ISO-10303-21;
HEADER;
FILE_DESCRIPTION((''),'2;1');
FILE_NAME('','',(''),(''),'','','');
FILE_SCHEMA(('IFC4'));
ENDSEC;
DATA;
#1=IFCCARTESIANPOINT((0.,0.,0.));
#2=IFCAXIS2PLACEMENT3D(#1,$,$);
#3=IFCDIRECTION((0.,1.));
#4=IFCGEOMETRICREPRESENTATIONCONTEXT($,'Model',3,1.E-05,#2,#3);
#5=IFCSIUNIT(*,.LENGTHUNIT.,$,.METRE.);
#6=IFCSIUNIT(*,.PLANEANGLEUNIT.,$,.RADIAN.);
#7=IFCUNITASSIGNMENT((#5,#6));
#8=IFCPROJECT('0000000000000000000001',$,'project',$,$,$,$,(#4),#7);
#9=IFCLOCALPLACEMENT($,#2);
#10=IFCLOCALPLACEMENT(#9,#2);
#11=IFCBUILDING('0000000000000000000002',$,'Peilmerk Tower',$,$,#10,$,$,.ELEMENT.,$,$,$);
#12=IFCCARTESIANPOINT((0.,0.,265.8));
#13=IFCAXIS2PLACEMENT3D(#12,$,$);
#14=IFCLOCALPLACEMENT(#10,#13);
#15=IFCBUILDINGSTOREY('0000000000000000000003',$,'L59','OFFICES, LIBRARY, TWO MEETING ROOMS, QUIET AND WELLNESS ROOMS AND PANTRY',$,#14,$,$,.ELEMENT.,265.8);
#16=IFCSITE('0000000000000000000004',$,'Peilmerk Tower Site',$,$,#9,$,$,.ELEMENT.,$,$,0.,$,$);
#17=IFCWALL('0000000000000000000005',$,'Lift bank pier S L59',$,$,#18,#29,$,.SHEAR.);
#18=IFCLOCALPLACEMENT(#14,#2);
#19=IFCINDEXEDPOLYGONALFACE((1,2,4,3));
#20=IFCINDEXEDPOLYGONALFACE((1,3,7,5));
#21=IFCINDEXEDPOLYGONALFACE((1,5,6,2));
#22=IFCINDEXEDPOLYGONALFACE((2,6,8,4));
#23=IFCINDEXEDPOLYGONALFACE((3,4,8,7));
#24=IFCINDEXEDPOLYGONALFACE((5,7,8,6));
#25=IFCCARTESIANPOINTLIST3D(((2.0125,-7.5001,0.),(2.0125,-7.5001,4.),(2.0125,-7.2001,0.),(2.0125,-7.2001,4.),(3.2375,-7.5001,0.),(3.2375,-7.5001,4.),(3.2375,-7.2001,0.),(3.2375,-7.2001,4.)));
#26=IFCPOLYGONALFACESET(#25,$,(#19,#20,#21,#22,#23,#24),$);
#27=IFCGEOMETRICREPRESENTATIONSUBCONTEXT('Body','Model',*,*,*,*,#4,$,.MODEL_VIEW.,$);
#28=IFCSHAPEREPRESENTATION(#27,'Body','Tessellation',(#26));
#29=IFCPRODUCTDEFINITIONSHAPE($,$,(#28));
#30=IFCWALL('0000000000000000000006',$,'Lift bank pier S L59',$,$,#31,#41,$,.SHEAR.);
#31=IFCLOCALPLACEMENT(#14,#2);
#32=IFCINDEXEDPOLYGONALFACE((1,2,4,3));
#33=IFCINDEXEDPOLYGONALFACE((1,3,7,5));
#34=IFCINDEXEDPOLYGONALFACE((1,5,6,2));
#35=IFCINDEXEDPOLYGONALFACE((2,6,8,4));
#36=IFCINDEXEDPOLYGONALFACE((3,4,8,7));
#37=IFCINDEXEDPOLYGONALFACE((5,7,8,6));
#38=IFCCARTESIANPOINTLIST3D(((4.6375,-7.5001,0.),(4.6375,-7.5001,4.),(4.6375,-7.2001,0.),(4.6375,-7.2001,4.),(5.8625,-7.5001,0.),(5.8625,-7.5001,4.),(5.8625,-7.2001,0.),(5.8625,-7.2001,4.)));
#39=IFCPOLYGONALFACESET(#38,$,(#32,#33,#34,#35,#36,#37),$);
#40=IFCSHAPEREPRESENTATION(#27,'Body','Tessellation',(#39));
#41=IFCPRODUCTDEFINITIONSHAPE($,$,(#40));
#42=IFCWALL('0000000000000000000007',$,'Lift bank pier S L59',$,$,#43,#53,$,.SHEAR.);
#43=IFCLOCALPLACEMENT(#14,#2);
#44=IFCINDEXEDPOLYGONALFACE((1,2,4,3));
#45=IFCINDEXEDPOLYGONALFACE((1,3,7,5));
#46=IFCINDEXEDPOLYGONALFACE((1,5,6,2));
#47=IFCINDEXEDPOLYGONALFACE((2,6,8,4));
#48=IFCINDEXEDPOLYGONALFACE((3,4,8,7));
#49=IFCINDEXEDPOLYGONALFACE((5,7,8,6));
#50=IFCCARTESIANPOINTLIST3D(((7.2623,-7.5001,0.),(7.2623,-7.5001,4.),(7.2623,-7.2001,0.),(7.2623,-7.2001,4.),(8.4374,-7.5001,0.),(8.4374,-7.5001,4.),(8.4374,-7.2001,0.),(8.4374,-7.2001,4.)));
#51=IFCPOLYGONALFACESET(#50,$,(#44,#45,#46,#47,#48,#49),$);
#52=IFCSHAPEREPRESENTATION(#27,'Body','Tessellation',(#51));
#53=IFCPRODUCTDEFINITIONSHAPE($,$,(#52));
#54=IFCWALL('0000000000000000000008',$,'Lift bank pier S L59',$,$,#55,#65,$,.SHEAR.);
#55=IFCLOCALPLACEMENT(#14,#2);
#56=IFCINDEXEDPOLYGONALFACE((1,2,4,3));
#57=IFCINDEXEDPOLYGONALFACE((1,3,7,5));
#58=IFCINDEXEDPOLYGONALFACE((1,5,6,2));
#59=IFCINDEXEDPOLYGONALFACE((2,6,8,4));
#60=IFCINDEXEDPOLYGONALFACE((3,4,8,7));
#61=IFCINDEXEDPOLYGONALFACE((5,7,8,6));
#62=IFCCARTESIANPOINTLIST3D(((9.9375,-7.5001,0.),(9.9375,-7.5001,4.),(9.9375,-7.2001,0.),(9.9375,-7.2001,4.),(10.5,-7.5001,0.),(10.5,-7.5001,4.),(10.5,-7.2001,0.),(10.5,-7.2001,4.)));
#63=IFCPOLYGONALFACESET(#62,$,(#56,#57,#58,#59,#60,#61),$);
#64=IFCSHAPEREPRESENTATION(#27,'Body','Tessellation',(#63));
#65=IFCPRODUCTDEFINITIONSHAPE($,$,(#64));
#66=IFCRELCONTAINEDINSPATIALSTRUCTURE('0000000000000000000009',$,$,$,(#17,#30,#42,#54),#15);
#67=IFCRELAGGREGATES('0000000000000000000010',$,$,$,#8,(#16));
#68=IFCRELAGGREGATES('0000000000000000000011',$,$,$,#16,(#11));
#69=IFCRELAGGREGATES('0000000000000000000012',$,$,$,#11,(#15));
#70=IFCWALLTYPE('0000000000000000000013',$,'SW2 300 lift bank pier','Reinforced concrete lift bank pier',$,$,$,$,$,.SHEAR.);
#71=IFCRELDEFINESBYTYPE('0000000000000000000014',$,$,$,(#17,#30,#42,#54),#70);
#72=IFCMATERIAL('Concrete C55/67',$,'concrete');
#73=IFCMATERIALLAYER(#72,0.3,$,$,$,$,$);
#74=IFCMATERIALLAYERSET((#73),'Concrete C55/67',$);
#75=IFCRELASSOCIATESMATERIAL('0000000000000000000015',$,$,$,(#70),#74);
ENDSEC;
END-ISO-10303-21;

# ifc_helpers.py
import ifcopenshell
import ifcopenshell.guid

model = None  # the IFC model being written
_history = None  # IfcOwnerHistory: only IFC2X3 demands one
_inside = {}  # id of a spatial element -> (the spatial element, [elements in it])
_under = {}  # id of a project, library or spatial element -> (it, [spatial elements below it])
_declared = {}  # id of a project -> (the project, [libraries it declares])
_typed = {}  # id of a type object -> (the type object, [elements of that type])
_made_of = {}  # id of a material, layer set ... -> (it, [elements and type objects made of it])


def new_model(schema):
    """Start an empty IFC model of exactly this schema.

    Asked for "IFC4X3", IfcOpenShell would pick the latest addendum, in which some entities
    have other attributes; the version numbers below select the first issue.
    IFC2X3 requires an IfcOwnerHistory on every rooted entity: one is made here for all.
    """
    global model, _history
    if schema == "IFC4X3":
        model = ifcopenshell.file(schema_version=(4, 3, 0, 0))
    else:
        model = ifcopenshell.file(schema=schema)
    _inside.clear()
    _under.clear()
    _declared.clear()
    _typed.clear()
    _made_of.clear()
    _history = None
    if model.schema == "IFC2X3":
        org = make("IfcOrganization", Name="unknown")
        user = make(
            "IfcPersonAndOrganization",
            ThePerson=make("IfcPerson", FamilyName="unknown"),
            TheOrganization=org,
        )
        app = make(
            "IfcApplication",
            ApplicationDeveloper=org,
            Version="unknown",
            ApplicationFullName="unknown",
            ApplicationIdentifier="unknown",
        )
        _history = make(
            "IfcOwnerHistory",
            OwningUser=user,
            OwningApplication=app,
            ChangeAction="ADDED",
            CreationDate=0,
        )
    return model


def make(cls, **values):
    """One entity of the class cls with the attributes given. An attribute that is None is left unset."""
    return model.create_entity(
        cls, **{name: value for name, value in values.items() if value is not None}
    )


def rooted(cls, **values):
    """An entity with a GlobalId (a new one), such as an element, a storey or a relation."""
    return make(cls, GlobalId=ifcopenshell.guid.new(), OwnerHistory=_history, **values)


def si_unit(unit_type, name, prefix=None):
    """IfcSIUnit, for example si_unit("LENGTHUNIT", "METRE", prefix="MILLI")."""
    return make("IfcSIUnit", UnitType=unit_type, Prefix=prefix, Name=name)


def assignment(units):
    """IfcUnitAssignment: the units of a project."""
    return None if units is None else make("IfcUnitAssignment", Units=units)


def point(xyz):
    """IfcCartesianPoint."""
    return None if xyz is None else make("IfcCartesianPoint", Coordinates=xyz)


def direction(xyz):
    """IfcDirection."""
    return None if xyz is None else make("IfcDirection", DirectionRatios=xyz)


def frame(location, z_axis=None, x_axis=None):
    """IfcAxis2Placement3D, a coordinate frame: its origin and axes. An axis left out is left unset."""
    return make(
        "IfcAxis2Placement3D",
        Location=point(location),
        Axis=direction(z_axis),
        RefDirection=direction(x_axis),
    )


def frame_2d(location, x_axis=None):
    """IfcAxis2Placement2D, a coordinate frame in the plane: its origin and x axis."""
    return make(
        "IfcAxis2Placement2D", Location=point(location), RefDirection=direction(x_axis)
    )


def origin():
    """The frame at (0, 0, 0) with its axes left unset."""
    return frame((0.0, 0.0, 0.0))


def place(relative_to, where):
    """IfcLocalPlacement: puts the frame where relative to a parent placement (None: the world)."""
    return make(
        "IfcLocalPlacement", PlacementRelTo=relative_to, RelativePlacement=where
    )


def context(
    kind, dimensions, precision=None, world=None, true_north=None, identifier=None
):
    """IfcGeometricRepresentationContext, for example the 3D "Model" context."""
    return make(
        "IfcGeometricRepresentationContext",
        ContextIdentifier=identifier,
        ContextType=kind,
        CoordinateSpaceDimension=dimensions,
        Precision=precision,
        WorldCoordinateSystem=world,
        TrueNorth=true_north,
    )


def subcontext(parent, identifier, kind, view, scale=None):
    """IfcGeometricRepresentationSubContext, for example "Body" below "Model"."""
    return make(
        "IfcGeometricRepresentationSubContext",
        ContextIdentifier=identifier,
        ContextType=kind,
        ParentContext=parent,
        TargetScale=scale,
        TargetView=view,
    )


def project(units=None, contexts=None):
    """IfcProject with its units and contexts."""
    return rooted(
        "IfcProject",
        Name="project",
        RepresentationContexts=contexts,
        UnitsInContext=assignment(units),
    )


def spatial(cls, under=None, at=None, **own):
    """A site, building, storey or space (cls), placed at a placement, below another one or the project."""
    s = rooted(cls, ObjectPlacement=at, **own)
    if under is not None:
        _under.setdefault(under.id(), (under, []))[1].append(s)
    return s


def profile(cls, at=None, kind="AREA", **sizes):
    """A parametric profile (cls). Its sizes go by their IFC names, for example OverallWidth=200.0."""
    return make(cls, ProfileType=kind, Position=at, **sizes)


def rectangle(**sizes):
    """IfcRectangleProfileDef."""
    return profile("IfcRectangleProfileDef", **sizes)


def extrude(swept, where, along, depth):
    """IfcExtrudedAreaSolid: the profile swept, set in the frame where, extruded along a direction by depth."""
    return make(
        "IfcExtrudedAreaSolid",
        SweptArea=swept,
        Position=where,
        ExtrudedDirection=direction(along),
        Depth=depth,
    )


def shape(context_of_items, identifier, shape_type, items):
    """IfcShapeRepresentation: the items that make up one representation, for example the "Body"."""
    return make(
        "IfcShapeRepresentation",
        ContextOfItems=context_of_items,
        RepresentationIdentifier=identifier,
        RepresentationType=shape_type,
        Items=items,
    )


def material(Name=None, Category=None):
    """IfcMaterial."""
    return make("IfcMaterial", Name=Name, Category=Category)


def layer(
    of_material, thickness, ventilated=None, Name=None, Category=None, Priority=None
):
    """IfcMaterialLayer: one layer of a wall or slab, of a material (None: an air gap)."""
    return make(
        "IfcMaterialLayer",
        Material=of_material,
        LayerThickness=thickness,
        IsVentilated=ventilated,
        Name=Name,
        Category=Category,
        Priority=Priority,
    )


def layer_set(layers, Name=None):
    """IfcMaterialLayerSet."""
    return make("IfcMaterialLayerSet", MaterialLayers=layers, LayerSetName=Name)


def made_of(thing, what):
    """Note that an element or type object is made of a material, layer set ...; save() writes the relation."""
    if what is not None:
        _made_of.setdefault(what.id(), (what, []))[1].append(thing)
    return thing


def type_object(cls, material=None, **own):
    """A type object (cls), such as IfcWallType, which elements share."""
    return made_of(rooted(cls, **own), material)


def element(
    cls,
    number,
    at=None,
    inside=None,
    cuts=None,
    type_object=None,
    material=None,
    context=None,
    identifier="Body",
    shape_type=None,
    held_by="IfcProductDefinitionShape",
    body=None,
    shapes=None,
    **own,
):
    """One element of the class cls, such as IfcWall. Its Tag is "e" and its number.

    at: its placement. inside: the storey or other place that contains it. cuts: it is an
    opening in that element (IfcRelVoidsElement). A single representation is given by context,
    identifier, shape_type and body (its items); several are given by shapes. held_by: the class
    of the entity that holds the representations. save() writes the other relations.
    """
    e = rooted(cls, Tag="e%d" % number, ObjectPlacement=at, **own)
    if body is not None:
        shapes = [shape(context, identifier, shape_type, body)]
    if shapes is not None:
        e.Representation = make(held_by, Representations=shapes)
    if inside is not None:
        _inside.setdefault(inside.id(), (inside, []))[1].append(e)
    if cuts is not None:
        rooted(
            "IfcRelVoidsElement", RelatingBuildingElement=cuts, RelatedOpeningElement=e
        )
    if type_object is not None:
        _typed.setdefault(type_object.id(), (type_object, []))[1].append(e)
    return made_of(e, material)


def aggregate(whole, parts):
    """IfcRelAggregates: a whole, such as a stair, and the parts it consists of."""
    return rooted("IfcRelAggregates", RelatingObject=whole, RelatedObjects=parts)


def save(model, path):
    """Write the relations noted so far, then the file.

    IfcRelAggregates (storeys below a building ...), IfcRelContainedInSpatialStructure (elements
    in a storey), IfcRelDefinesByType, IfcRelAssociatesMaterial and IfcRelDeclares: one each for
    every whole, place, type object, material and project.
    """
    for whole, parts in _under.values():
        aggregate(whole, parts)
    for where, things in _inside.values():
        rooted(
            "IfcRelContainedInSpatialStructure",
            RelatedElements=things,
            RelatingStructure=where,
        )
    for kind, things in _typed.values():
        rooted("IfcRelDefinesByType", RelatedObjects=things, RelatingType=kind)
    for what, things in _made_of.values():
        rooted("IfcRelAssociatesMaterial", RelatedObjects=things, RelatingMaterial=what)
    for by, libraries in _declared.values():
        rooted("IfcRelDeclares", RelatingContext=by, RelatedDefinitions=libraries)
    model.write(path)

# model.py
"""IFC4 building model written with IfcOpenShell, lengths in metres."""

from ifc_helpers import new_model, si_unit, direction, frame, frame_2d, origin, place, context, subcontext, project, spatial, rectangle, extrude, material, layer, layer_set, type_object, element, save


model = new_model("IFC4")

# Units and contexts
model_context = context("Model", 3, precision=1e-05, world=origin(), true_north=direction((0.0, 1.0)))
body_context = subcontext(model_context, "Body", "Model", "MODEL_VIEW")
ifc_project = project(units=[si_unit("LENGTHUNIT", "METRE"), si_unit("PLANEANGLEUNIT", "RADIAN")], contexts=[model_context])

# Site, building, storey
site_placement = place(None, origin())
site = spatial("IfcSite", under=ifc_project, at=site_placement, Name="Peilmerk Tower Site", CompositionType="ELEMENT", RefElevation=0.0)
building_placement = place(site_placement, origin())
building = spatial("IfcBuilding", under=site, at=building_placement, Name="Peilmerk Tower", CompositionType="ELEMENT")
storey_placement = place(building_placement, frame((0.0, 0.0, 265.8)))
storey = spatial("IfcBuildingStorey", under=building, at=storey_placement, Name="L59", Description="OFFICES, LIBRARY, TWO MEETING ROOMS, QUIET AND WELLNESS ROOMS AND PANTRY", CompositionType="ELEMENT", Elevation=265.8)

# Walls
ifc_material_1 = material(Name="Concrete C55/67", Category="concrete")
ifc_layer_1 = layer(ifc_material_1, 0.3)
ifc_layer_set_1 = layer_set([ifc_layer_1], Name="Concrete C55/67")
wall_type_1 = type_object("IfcWallType", Name="SW2 300 lift bank pier", Description="Reinforced concrete lift bank pier", PredefinedType="SHEAR", material=ifc_layer_set_1)
for number, where, z_axis, x_axis, name in (
    (1, (2.0125, -7.3501, 0.0), (0.0, 0.0, 1.0), (1.0, 0.0, 0.0), "Lift bank pier S L59"),
    (2, (4.6375, -7.3501, 0.0), (0.0, 0.0, 1.0), (1.0, 0.0, 0.0), "Lift bank pier S L59"),
):
    element("IfcWall", number, at=place(storey_placement, frame(where, z_axis=z_axis, x_axis=x_axis)), inside=storey, type_object=wall_type_1, Name=name, PredefinedType="SHEAR", context=body_context, shape_type="SweptSolid", body=[
        extrude(rectangle(XDim=1.2251, YDim=0.3, at=frame_2d((0.6125, 0.0))), origin(), (0.0, 0.0, 1.0), 4.0),
    ])
wall_1_placement = place(storey_placement, frame((7.2625, -7.3501, 0.0), z_axis=(0.0, 0.0, 1.0), x_axis=(1.0, 0.0, 0.0)))
element("IfcWall", 3, at=wall_1_placement, inside=storey, type_object=wall_type_1, Name="Lift bank pier S L59", PredefinedType="SHEAR", context=body_context, shape_type="SweptSolid", body=[
    extrude(rectangle(XDim=1.175, YDim=0.3, at=frame_2d((0.5874, 0.0))), origin(), (0.0, 0.0, 1.0), 4.0),
])
wall_2_placement = place(storey_placement, frame((9.9375, -7.3501, 0.0), z_axis=(0.0, 0.0, 1.0), x_axis=(1.0, 0.0, 0.0)))
element("IfcWall", 4, at=wall_2_placement, inside=storey, type_object=wall_type_1, Name="Lift bank pier S L59", PredefinedType="SHEAR", context=body_context, shape_type="SweptSolid", body=[
    extrude(rectangle(XDim=0.5625, YDim=0.3, at=frame_2d((0.2812, 0.0))), origin(), (0.0, 0.0, 1.0), 4.0),
])

save(model, "model.ifc")
